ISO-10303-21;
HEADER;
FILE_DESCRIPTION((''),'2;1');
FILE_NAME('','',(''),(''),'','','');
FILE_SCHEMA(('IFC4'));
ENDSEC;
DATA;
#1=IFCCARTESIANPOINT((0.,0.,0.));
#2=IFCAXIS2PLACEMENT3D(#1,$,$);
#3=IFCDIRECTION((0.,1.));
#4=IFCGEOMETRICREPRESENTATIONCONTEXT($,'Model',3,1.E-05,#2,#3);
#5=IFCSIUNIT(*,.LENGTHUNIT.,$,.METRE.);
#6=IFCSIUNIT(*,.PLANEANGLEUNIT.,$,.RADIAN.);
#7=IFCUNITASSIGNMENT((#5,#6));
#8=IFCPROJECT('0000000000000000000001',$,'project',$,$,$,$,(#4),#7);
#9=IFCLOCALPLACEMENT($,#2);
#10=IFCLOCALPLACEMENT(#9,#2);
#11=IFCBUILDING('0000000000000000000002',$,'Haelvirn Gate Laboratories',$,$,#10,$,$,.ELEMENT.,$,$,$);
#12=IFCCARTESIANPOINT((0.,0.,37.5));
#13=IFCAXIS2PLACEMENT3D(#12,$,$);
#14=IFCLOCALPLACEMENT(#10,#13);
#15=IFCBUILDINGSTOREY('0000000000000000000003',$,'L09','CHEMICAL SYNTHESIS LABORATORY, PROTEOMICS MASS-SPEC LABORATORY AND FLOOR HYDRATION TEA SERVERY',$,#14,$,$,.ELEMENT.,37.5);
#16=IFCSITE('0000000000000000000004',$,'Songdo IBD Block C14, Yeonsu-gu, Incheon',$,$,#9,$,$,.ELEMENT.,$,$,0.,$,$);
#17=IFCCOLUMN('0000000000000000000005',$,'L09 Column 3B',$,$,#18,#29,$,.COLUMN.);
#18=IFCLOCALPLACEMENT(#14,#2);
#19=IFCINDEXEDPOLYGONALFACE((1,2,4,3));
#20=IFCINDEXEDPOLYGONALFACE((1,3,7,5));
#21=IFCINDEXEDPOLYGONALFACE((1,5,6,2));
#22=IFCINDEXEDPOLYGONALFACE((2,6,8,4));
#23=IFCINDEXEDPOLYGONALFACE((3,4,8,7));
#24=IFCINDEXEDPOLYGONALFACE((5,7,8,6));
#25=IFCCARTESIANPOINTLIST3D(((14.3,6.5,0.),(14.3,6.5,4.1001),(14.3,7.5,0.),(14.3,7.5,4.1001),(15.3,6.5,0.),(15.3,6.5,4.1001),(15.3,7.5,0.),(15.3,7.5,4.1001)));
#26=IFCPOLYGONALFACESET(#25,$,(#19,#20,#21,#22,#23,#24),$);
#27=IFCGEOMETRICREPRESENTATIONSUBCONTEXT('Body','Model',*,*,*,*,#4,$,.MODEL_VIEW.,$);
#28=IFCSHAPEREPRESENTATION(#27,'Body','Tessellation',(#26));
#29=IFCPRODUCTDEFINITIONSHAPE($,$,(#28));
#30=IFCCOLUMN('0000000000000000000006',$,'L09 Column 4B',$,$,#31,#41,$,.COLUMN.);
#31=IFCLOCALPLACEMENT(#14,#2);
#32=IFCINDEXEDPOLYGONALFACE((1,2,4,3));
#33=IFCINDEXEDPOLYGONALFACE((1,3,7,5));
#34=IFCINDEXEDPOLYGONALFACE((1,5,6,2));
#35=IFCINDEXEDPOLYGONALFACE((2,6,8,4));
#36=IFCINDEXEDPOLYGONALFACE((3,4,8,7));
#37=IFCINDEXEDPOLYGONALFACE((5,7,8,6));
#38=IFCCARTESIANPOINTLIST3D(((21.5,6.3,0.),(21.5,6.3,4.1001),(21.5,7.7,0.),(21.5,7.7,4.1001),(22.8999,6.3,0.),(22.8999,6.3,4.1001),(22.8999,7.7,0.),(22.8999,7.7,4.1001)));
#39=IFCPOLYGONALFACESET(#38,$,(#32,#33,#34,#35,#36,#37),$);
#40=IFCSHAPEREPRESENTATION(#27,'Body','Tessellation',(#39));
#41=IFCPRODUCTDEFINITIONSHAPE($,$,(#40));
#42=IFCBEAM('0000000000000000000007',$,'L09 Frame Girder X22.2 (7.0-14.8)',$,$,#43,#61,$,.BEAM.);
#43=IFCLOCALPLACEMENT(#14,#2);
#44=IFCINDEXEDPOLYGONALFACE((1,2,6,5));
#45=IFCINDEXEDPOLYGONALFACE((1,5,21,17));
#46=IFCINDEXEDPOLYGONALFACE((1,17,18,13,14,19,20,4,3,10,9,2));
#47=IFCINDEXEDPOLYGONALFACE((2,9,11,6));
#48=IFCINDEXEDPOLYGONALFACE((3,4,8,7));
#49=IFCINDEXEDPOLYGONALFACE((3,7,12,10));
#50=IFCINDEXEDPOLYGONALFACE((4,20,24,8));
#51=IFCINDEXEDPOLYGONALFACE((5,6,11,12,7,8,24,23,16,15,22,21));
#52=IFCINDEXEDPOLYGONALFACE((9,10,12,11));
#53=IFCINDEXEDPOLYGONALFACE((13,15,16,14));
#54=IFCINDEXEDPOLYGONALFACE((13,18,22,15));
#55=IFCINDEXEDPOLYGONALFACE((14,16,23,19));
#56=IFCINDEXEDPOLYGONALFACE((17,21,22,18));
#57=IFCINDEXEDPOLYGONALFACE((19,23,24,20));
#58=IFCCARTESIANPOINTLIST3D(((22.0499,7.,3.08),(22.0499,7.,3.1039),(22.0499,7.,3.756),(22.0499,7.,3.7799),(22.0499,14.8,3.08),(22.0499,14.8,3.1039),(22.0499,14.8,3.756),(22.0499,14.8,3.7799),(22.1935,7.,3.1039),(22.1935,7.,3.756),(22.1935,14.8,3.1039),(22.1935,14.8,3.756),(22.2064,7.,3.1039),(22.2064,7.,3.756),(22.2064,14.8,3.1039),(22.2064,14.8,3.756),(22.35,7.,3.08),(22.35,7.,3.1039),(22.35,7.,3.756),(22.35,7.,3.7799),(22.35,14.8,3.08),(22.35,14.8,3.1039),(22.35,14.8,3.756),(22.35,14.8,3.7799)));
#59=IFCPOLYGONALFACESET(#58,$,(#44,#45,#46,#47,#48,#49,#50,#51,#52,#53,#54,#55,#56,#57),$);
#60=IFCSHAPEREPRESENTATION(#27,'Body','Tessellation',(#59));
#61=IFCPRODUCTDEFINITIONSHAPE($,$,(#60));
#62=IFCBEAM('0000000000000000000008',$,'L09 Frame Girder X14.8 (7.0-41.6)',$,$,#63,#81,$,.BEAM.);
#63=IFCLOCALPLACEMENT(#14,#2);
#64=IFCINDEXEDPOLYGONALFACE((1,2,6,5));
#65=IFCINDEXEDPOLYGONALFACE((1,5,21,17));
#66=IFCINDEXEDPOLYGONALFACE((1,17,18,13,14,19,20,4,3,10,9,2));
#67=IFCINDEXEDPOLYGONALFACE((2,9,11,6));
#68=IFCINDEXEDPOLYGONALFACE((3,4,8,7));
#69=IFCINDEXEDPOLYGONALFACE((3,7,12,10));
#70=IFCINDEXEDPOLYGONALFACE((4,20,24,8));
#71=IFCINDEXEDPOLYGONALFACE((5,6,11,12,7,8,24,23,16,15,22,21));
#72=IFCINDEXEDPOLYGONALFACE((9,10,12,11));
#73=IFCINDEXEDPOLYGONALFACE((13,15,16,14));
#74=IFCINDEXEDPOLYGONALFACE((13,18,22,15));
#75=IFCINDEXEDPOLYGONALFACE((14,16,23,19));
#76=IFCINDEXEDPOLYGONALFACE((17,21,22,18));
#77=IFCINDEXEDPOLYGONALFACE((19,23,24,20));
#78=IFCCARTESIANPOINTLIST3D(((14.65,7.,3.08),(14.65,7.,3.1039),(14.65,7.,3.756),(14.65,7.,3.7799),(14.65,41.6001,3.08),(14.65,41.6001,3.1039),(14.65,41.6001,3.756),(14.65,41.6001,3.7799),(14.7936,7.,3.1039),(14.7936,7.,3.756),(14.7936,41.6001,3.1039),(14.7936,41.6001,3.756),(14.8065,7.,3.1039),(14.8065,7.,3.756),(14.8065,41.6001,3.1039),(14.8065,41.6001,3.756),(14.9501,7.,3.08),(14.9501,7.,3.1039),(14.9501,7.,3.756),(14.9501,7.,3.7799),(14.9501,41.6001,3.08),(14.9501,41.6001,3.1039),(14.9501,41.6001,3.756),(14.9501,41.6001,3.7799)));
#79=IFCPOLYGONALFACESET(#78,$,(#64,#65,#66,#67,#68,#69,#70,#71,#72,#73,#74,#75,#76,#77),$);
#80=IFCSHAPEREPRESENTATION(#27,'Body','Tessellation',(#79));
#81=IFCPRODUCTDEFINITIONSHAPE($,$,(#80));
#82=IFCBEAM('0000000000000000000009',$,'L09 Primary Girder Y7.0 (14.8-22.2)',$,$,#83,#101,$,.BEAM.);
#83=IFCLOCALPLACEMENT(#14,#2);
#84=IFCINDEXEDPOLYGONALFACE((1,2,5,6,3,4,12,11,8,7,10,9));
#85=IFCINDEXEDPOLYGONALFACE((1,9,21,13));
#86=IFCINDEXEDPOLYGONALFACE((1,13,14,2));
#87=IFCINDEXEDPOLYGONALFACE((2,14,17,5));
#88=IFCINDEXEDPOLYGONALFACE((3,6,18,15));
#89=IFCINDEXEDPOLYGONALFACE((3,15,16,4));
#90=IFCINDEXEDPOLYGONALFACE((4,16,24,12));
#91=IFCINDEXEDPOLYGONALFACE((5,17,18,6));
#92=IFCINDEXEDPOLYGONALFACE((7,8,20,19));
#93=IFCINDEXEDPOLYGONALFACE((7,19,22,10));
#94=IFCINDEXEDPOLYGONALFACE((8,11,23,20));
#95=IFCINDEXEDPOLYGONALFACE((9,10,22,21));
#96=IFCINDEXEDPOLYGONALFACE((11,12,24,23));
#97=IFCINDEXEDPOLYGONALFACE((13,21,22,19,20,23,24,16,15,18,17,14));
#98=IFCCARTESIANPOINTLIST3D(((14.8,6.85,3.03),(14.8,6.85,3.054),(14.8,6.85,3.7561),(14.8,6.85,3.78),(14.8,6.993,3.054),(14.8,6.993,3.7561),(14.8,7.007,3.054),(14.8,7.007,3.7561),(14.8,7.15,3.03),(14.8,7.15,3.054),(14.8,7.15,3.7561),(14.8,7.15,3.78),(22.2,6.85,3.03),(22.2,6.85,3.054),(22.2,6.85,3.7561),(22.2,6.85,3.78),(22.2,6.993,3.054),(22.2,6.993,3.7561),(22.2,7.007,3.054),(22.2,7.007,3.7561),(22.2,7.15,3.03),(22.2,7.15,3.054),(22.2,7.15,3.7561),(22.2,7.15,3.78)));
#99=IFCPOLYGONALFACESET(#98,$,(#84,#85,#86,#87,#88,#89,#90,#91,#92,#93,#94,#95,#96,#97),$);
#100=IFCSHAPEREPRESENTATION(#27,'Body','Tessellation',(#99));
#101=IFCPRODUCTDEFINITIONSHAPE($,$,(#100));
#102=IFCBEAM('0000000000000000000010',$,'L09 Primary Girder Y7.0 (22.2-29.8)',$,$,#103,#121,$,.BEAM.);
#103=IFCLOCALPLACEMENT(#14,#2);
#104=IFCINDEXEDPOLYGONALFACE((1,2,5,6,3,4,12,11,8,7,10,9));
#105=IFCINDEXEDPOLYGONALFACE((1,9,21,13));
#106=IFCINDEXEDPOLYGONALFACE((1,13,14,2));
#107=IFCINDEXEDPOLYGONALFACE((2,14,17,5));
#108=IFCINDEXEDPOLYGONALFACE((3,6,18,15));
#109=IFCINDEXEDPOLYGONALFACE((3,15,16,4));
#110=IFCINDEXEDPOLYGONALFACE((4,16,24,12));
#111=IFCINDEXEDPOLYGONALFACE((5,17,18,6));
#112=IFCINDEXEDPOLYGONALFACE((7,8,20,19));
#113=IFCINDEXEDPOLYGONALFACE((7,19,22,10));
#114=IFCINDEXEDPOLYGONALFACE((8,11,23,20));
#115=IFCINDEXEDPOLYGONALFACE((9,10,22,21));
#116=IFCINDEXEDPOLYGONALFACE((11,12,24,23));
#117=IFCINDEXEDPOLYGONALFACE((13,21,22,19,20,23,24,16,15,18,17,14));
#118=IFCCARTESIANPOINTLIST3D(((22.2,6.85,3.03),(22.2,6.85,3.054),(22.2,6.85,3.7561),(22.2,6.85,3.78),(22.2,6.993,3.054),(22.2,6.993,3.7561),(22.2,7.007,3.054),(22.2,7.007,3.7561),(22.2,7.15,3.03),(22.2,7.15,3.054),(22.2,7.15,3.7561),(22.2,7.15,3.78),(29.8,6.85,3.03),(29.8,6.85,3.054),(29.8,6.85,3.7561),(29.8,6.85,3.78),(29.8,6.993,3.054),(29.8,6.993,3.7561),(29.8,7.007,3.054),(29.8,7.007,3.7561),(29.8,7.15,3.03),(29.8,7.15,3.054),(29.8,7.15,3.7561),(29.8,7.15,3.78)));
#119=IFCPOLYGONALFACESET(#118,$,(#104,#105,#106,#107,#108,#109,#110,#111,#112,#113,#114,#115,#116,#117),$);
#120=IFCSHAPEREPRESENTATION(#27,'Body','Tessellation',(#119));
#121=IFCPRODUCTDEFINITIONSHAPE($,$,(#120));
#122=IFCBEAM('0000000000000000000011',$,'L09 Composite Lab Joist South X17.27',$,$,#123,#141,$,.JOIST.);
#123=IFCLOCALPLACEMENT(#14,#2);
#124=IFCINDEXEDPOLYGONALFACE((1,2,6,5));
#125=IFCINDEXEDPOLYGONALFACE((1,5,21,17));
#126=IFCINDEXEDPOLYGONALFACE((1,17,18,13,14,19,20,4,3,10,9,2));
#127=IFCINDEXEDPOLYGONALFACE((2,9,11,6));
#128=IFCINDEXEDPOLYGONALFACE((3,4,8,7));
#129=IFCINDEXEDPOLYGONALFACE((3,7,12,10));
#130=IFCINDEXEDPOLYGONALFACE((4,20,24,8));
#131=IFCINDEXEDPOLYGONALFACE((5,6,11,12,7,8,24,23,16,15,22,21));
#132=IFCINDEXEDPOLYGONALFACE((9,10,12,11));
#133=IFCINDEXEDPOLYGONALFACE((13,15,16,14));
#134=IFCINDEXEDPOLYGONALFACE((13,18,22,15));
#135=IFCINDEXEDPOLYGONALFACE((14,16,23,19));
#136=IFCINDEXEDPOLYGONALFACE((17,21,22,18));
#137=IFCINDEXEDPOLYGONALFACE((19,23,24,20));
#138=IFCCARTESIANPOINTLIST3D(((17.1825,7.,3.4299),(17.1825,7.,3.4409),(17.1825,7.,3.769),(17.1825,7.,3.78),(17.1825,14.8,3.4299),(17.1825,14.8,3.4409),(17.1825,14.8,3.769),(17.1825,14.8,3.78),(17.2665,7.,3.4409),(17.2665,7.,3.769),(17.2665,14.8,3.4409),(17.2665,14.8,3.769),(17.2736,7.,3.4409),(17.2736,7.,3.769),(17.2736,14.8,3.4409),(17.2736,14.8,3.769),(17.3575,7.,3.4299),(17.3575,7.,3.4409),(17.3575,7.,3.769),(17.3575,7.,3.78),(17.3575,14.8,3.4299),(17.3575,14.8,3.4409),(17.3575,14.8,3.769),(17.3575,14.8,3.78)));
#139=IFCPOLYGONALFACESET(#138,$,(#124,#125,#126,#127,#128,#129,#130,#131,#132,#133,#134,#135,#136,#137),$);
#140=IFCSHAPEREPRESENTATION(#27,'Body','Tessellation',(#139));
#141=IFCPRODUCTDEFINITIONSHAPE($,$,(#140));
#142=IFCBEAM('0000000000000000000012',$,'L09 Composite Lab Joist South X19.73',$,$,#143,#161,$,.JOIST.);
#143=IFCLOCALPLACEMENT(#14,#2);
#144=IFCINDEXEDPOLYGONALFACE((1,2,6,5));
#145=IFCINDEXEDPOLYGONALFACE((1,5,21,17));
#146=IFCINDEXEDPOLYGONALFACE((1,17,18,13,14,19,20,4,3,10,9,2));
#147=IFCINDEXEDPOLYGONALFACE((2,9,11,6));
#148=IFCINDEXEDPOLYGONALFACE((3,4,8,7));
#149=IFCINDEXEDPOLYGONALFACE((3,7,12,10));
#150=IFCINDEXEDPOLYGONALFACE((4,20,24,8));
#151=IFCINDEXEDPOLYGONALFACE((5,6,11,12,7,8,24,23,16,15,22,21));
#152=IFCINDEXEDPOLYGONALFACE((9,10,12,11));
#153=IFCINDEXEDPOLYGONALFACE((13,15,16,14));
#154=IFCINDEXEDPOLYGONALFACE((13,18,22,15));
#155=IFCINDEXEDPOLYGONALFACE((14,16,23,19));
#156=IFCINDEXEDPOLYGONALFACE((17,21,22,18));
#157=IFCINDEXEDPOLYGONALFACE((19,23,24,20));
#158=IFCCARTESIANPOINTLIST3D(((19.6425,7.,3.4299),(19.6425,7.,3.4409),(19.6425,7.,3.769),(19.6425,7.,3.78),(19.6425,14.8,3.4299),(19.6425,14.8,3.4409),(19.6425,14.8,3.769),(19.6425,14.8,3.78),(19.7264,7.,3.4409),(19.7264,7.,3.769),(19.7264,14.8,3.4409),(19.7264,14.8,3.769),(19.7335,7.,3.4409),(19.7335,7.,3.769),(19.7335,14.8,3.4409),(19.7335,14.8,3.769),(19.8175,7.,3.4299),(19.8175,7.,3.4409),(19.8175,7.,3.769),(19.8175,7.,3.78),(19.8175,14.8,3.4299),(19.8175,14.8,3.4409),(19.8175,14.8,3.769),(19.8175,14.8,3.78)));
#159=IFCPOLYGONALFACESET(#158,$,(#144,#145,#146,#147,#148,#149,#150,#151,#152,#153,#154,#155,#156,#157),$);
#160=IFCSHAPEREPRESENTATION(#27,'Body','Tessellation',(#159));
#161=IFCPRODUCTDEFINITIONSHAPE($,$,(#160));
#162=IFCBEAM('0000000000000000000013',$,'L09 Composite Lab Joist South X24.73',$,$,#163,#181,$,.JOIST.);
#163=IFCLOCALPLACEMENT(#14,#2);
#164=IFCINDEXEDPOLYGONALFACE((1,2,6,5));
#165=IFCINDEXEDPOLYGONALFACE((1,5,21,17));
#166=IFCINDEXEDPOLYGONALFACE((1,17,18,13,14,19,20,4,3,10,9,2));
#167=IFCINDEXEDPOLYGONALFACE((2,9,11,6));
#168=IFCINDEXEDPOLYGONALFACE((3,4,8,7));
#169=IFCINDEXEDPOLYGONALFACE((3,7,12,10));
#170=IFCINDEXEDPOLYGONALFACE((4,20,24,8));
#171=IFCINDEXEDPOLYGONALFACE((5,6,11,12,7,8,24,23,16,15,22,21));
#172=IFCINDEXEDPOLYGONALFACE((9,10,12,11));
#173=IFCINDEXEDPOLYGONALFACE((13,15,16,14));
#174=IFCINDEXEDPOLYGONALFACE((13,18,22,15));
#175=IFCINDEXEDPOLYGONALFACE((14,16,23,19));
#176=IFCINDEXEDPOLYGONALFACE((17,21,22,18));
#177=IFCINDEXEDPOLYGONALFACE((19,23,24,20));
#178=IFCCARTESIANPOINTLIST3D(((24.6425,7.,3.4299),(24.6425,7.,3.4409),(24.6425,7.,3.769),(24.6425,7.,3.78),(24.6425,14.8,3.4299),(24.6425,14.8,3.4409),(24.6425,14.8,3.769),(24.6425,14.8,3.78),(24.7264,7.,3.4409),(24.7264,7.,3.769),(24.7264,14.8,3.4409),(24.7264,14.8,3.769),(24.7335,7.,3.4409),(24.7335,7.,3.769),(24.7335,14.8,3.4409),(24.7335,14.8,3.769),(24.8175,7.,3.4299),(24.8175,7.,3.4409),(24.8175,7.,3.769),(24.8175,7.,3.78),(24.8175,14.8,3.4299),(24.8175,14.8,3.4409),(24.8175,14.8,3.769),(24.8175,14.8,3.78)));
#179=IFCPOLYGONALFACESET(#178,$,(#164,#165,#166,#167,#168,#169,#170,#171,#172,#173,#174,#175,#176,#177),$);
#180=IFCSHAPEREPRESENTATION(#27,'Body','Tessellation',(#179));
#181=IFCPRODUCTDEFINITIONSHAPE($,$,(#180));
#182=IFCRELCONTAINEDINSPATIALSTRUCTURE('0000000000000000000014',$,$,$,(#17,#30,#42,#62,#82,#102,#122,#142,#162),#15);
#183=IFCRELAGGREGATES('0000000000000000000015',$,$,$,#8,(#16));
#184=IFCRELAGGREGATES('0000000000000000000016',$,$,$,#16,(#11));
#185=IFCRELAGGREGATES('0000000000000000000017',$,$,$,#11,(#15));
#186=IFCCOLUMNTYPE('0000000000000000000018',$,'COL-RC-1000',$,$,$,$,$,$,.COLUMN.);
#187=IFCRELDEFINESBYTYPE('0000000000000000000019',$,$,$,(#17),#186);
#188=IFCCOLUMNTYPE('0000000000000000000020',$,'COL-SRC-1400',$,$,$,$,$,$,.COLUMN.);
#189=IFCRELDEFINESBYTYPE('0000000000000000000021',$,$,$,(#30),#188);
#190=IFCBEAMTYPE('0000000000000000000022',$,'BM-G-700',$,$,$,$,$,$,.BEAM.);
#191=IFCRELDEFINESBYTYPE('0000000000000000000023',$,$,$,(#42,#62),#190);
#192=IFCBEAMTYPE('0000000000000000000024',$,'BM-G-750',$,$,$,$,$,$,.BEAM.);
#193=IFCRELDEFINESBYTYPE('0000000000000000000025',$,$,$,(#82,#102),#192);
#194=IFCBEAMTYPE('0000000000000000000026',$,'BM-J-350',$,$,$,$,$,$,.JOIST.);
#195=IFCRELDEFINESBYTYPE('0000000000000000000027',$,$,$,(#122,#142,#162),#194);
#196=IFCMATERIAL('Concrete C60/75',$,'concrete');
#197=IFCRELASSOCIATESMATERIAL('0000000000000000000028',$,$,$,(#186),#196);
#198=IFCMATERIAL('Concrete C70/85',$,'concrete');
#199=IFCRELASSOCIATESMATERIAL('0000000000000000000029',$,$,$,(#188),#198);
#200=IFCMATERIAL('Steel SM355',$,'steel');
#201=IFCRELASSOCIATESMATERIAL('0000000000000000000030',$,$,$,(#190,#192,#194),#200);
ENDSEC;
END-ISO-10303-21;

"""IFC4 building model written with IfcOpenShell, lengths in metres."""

from ifc_helpers import new_model, si_unit, direction, frame, origin, origin_2d, place, context, subcontext, project, spatial, rectangle, i_section, extrude, source, transform, mapped, material, material_profile, profile_set, type_object, type_shapes, element, save


model = new_model("IFC4")

# Units and contexts
model_context = context("Model", 3, precision=1e-05, world=origin(), true_north=direction((0.0, 1.0)))
body_context = subcontext(model_context, "Body", "Model", "MODEL_VIEW")
ifc_project = project(units=[si_unit("LENGTHUNIT", "METRE"), si_unit("PLANEANGLEUNIT", "RADIAN")], contexts=[model_context])

# Site, building, storey
site_placement = place(None, origin())
site = spatial("IfcSite", under=ifc_project, at=site_placement, Name="Songdo IBD Block C14, Yeonsu-gu, Incheon", CompositionType="ELEMENT", RefElevation=0.0)
building_placement = place(site_placement, origin())
building = spatial("IfcBuilding", under=site, at=building_placement, Name="Haelvirn Gate Laboratories", CompositionType="ELEMENT")
storey_placement = place(building_placement, frame((0.0, 0.0, 37.5)))
storey = spatial("IfcBuildingStorey", under=building, at=storey_placement, Name="L09", Description="CHEMICAL SYNTHESIS LABORATORY, PROTEOMICS MASS-SPEC LABORATORY AND FLOOR HYDRATION TEA SERVERY", CompositionType="ELEMENT", Elevation=37.5)

# Columns
ifc_material_1 = material(Name="Concrete C60/75", Category="concrete")
ifc_material_profile_1 = material_profile(ifc_material_1, rectangle(XDim=1.0, YDim=1.0, at=origin_2d()), Name="RC-1000x1000")
ifc_profile_set_1 = profile_set([ifc_material_profile_1], Name="Concrete C60/75")
column_type_1 = type_object("IfcColumnType", Name="COL-RC-1000", PredefinedType="COLUMN", material=ifc_profile_set_1)
shared_shape_1 = source(origin(), body_context, "Body", "SweptSolid", [
    extrude(rectangle(XDim=1.0, YDim=1.0, at=origin_2d()), origin(), (0.0, 0.0, 1.0), 4.1001),
])
type_shapes(column_type_1, [shared_shape_1])
column_1_placement = place(storey_placement, frame((14.8, 7.0, 0.0), z_axis=(0.0, 0.0, 1.0), x_axis=(1.0, 0.0, 0.0)))
element("IfcColumn", 1, at=column_1_placement, inside=storey, type_object=column_type_1, Name="L09 Column 3B", PredefinedType="COLUMN", context=body_context, shape_type="MappedRepresentation", body=[
    mapped(shared_shape_1, transform((0.0, 0.0, 0.0), scale=1.0)),
])
ifc_material_2 = material(Name="Concrete C70/85", Category="concrete")
ifc_material_profile_2 = material_profile(ifc_material_2, rectangle(XDim=1.3999, YDim=1.3999, at=origin_2d()), Name="SRC-1400x1400")
ifc_profile_set_2 = profile_set([ifc_material_profile_2], Name="Concrete C70/85")
column_type_2 = type_object("IfcColumnType", Name="COL-SRC-1400", PredefinedType="COLUMN", material=ifc_profile_set_2)
shared_shape_2 = source(origin(), body_context, "Body", "SweptSolid", [
    extrude(rectangle(XDim=1.3999, YDim=1.3999, at=origin_2d()), origin(), (0.0, 0.0, 1.0), 4.1001),
])
type_shapes(column_type_2, [shared_shape_2])
column_2_placement = place(storey_placement, frame((22.2, 7.0, 0.0), z_axis=(0.0, 0.0, 1.0), x_axis=(1.0, 0.0, 0.0)))
element("IfcColumn", 2, at=column_2_placement, inside=storey, type_object=column_type_2, Name="L09 Column 4B", PredefinedType="COLUMN", context=body_context, shape_type="MappedRepresentation", body=[
    mapped(shared_shape_2, transform((0.0, 0.0, 0.0), scale=1.0)),
])

# Beams
ifc_material_3 = material(Name="Steel SM355", Category="steel")
ifc_material_profile_3 = material_profile(ifc_material_3, i_section(OverallWidth=0.3, OverallDepth=0.7, WebThickness=0.0129, FlangeThickness=0.0239, at=origin_2d()), Name="H-700x300x13x24")
ifc_profile_set_3 = profile_set([ifc_material_profile_3], Name="Steel SM355")
beam_type_1 = type_object("IfcBeamType", Name="BM-G-700", PredefinedType="BEAM", material=ifc_profile_set_3)
shared_shape_3 = source(origin(), body_context, "Body", "SweptSolid", [
    extrude(i_section(OverallWidth=0.3, OverallDepth=0.7, WebThickness=0.0129, FlangeThickness=0.0239, at=origin_2d()), origin(), (0.0, 0.0, 1.0), 7.8),
])
beam_1_placement = place(storey_placement, frame((22.2, 7.0, 3.4299), z_axis=(0.0, 1.0, 0.0), x_axis=(-1.0, 0.0, 0.0)))
element("IfcBeam", 3, at=beam_1_placement, inside=storey, type_object=beam_type_1, Name="L09 Frame Girder X22.2 (7.0-14.8)", PredefinedType="BEAM", context=body_context, shape_type="MappedRepresentation", body=[
    mapped(shared_shape_3, transform((0.0, 0.0, 0.0), scale=1.0)),
])
shared_shape_4 = source(origin(), body_context, "Body", "SweptSolid", [
    extrude(i_section(OverallWidth=0.3, OverallDepth=0.7, WebThickness=0.0129, FlangeThickness=0.0239, at=origin_2d()), origin(), (0.0, 0.0, 1.0), 34.6001),
])
type_shapes(beam_type_1, [shared_shape_3, shared_shape_4])
beam_2_placement = place(storey_placement, frame((14.8, 7.0, 3.4299), z_axis=(0.0, 1.0, 0.0), x_axis=(-1.0, 0.0, 0.0)))
element("IfcBeam", 4, at=beam_2_placement, inside=storey, type_object=beam_type_1, Name="L09 Frame Girder X14.8 (7.0-41.6)", PredefinedType="BEAM", context=body_context, shape_type="MappedRepresentation", body=[
    mapped(shared_shape_4, transform((0.0, 0.0, 0.0), scale=1.0)),
])
ifc_material_profile_4 = material_profile(ifc_material_3, i_section(OverallWidth=0.3, OverallDepth=0.75, WebThickness=0.0139, FlangeThickness=0.0239, at=origin_2d()), Name="H-750x300x14x24")
ifc_profile_set_4 = profile_set([ifc_material_profile_4], Name="Steel SM355")
beam_type_2 = type_object("IfcBeamType", Name="BM-G-750", PredefinedType="BEAM", material=ifc_profile_set_4)
shared_shape_5 = source(origin(), body_context, "Body", "SweptSolid", [
    extrude(i_section(OverallWidth=0.3, OverallDepth=0.75, WebThickness=0.0139, FlangeThickness=0.0239, at=origin_2d()), origin(), (0.0, 0.0, 1.0), 7.3999),
])
beam_3_placement = place(storey_placement, frame((14.8, 7.0, 3.405), z_axis=(1.0, 0.0, 0.0), x_axis=(0.0, 1.0, 0.0)))
element("IfcBeam", 5, at=beam_3_placement, inside=storey, type_object=beam_type_2, Name="L09 Primary Girder Y7.0 (14.8-22.2)", PredefinedType="BEAM", context=body_context, shape_type="MappedRepresentation", body=[
    mapped(shared_shape_5, transform((0.0, 0.0, 0.0), scale=1.0)),
])
shared_shape_6 = source(origin(), body_context, "Body", "SweptSolid", [
    extrude(i_section(OverallWidth=0.3, OverallDepth=0.75, WebThickness=0.0139, FlangeThickness=0.0239, at=origin_2d()), origin(), (0.0, 0.0, 1.0), 7.6001),
])
type_shapes(beam_type_2, [shared_shape_5, shared_shape_6])
beam_4_placement = place(storey_placement, frame((22.2, 7.0, 3.405), z_axis=(1.0, 0.0, 0.0), x_axis=(0.0, 1.0, 0.0)))
element("IfcBeam", 6, at=beam_4_placement, inside=storey, type_object=beam_type_2, Name="L09 Primary Girder Y7.0 (22.2-29.8)", PredefinedType="BEAM", context=body_context, shape_type="MappedRepresentation", body=[
    mapped(shared_shape_6, transform((0.0, 0.0, 0.0), scale=1.0)),
])
ifc_material_profile_5 = material_profile(ifc_material_3, i_section(OverallWidth=0.175, OverallDepth=0.3501, WebThickness=0.0071, FlangeThickness=0.011, at=origin_2d()), Name="H-350x175x7x11")
ifc_profile_set_5 = profile_set([ifc_material_profile_5], Name="Steel SM355")
beam_type_3 = type_object("IfcBeamType", Name="BM-J-350", PredefinedType="JOIST", material=ifc_profile_set_5)
shared_shape_7 = source(origin(), body_context, "Body", "SweptSolid", [
    extrude(i_section(OverallWidth=0.175, OverallDepth=0.3501, WebThickness=0.0071, FlangeThickness=0.011, at=origin_2d()), origin(), (0.0, 0.0, 1.0), 7.8),
])
type_shapes(beam_type_3, [shared_shape_7])
for number, where, z_axis, x_axis, name in (
    (7, (17.27, 7.0, 3.605), (0.0, 1.0, 0.0), (-1.0, 0.0, 0.0), "L09 Composite Lab Joist South X17.27"),
    (8, (19.73, 7.0, 3.605), (0.0, 1.0, 0.0), (-1.0, 0.0, 0.0), "L09 Composite Lab Joist South X19.73"),
    (9, (24.73, 7.0, 3.605), (0.0, 1.0, 0.0), (-1.0, 0.0, 0.0), "L09 Composite Lab Joist South X24.73"),
):
    element("IfcBeam", number, at=place(storey_placement, frame(where, z_axis=z_axis, x_axis=x_axis)), inside=storey, type_object=beam_type_3, Name=name, PredefinedType="JOIST", context=body_context, shape_type="MappedRepresentation", body=[
        mapped(shared_shape_7, transform((0.0, 0.0, 0.0), scale=1.0)),
    ])

save(model, "model.ifc")
